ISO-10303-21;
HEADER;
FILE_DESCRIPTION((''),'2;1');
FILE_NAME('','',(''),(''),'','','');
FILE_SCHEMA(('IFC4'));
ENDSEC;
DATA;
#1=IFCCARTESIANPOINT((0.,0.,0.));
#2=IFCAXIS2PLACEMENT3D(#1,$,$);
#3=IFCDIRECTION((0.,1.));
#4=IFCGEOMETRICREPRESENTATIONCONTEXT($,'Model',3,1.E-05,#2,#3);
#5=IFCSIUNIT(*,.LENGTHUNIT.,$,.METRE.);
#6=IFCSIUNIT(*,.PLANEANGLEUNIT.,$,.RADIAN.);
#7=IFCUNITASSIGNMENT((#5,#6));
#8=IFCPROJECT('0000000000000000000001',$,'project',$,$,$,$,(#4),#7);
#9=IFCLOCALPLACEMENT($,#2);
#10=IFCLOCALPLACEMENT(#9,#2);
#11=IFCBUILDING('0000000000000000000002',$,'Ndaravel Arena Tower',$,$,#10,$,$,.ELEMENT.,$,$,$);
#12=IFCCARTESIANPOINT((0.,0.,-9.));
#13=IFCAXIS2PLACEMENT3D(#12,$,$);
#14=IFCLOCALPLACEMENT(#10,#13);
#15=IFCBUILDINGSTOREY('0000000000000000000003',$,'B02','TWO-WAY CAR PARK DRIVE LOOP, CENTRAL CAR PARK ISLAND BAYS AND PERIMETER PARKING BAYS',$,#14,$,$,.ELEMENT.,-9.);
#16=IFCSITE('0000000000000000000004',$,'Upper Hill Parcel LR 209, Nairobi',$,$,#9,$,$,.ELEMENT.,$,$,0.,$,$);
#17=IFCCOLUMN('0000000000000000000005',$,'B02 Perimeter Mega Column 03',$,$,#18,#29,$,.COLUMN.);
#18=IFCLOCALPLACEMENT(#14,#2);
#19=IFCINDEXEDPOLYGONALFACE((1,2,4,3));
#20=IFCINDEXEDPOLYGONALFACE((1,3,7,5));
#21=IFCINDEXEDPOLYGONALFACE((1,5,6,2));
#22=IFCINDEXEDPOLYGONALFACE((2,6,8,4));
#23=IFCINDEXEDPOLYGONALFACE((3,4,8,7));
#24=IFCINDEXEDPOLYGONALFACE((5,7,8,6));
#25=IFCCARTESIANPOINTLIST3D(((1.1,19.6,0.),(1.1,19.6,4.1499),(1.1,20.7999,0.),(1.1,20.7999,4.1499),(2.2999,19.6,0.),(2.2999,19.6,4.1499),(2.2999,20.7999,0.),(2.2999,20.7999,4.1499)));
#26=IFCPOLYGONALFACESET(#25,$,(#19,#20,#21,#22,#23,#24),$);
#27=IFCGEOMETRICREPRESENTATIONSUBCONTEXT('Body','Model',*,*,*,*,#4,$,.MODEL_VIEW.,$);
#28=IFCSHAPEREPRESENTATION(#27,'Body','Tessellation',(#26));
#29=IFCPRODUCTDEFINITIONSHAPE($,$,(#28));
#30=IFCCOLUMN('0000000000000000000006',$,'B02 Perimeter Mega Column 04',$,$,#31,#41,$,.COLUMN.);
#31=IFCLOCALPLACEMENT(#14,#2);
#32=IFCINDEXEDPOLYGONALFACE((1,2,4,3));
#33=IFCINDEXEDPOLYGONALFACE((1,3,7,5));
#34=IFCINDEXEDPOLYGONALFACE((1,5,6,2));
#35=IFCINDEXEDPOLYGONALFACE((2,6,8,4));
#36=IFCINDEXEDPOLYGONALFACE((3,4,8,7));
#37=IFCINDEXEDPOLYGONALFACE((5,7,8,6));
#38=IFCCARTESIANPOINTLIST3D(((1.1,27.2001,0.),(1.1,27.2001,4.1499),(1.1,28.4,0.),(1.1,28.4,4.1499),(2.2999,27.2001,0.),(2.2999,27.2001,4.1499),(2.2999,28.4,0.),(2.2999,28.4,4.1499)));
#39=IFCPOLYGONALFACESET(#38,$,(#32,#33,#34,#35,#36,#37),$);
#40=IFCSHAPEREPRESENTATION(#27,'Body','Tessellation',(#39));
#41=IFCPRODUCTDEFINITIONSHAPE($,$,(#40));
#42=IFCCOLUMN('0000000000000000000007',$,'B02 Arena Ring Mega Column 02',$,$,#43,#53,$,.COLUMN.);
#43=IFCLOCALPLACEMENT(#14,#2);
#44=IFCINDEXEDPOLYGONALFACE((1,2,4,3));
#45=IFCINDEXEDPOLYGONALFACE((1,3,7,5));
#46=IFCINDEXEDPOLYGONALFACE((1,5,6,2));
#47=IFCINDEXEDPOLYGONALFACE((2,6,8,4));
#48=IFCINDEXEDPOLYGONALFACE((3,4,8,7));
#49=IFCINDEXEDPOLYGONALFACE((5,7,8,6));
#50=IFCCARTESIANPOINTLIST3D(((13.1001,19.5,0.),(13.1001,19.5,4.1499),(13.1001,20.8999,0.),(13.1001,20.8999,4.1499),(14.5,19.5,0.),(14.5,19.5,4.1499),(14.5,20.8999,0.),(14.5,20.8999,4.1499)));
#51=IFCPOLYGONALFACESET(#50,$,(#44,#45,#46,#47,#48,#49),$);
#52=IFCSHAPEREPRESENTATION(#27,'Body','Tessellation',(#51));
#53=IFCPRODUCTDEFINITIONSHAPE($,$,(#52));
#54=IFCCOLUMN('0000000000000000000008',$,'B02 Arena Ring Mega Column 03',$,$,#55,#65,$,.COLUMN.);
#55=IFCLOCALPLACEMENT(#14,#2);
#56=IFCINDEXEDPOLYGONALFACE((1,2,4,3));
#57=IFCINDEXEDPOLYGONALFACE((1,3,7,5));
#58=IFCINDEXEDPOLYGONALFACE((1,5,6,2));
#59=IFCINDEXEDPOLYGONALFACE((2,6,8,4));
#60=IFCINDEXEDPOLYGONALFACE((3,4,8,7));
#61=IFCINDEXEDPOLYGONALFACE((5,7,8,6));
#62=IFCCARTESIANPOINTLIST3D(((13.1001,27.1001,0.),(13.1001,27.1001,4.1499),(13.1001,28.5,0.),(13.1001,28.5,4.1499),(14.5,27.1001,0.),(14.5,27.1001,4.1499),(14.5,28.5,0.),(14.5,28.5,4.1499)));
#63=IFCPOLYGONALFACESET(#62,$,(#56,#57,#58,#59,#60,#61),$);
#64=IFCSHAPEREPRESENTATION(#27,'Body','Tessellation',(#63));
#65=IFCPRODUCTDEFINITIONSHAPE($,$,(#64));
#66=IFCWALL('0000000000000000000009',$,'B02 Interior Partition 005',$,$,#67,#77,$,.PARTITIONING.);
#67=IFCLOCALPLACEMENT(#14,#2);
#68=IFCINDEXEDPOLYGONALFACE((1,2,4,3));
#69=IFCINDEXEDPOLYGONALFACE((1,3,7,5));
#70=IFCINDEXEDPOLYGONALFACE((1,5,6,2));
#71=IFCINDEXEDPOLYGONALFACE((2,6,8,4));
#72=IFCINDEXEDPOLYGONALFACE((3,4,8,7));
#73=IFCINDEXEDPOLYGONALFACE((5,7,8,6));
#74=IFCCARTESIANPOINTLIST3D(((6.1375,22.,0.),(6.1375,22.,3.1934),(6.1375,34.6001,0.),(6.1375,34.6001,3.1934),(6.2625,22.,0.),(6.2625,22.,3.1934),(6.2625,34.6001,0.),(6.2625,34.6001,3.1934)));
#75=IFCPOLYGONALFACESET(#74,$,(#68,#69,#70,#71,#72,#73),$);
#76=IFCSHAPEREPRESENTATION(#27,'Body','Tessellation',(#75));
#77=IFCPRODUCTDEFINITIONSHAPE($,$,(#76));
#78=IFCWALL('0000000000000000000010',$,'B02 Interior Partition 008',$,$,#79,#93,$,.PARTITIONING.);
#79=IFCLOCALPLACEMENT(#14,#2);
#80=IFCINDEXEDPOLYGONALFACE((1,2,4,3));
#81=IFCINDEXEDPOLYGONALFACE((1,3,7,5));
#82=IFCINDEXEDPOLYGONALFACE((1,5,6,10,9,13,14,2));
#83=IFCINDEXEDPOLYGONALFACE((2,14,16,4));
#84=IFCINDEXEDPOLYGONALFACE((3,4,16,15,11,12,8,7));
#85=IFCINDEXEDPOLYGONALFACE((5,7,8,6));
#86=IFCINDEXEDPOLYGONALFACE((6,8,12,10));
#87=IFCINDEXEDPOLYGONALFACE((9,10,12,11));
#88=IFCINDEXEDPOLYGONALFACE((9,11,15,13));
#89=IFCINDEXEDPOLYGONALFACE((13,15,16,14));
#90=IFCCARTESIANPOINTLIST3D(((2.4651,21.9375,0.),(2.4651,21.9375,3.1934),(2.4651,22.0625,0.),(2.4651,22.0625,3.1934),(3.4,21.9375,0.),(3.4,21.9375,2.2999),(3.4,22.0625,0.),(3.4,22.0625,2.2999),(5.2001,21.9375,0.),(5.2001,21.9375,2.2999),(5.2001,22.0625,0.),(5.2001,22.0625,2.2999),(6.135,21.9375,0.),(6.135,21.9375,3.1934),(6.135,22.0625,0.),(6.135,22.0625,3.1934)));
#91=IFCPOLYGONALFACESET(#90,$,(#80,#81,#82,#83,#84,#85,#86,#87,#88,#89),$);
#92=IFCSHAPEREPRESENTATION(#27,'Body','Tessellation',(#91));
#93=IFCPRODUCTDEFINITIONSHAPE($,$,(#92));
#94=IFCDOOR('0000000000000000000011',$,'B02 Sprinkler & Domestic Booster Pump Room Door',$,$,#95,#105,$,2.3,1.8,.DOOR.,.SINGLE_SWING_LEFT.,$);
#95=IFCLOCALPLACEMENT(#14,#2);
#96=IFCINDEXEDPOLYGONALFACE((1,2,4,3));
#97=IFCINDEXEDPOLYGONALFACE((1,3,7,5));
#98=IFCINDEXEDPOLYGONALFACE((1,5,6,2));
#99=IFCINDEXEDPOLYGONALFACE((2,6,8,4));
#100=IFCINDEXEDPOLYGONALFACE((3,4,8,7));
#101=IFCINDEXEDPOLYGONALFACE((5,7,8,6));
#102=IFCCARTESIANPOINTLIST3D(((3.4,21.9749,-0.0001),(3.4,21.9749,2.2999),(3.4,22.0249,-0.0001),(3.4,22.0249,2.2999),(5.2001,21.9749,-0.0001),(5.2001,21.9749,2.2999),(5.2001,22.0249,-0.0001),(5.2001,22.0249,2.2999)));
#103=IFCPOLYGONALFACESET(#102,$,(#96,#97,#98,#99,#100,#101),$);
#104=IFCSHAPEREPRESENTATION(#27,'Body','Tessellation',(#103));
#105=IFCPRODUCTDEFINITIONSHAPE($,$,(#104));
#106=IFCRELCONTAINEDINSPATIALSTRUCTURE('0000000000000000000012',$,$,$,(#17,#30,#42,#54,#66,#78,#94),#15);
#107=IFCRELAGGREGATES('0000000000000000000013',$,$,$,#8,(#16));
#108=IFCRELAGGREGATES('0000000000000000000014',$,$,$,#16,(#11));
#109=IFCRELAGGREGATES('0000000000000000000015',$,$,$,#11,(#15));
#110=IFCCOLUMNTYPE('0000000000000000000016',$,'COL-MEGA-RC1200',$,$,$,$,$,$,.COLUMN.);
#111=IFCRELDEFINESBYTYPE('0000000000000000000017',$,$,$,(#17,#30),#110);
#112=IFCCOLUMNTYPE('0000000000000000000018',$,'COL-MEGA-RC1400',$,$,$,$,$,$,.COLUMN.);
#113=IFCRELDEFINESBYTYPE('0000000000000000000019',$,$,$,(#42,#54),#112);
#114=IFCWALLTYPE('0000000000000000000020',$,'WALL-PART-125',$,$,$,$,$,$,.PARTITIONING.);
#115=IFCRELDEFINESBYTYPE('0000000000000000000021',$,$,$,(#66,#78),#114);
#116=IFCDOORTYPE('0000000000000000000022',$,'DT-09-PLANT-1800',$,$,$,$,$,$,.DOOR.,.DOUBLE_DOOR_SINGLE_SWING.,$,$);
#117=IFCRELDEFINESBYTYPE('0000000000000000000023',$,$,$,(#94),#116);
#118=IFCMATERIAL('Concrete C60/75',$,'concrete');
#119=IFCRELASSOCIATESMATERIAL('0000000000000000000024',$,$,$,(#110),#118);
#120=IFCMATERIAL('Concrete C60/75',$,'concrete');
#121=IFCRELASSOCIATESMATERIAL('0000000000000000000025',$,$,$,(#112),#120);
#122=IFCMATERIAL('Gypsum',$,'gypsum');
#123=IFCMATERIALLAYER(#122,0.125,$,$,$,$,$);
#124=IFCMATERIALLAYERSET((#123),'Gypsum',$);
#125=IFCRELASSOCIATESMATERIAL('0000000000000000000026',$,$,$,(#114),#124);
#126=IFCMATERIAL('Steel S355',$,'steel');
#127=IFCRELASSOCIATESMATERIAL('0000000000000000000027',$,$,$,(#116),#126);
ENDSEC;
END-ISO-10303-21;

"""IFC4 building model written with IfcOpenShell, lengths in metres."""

from ifc_helpers import new_model, si_unit, direction, frame, frame_2d, origin, origin_2d, place, context, subcontext, project, spatial, rectangle, extrude, material, layer, layer_set, material_profile, profile_set, type_object, element, fill, save


model = new_model("IFC4")

# Units and contexts
model_context = context("Model", 3, precision=1e-05, world=origin(), true_north=direction((0.0, 1.0)))
body_context = subcontext(model_context, "Body", "Model", "MODEL_VIEW")
ifc_project = project(units=[si_unit("LENGTHUNIT", "METRE"), si_unit("PLANEANGLEUNIT", "RADIAN")], contexts=[model_context])

# Site, building, storey
site_placement = place(None, origin())
site = spatial("IfcSite", under=ifc_project, at=site_placement, Name="Upper Hill Parcel LR 209, Nairobi", CompositionType="ELEMENT", RefElevation=0.0)
building_placement = place(site_placement, origin())
building = spatial("IfcBuilding", under=site, at=building_placement, Name="Ndaravel Arena Tower", CompositionType="ELEMENT")
storey_placement = place(building_placement, frame((0.0, 0.0, -9.0)))
storey = spatial("IfcBuildingStorey", under=building, at=storey_placement, Name="B02", Description="TWO-WAY CAR PARK DRIVE LOOP, CENTRAL CAR PARK ISLAND BAYS AND PERIMETER PARKING BAYS", CompositionType="ELEMENT", Elevation=-9.0)

# Columns
ifc_material_1 = material(Name="Concrete C60/75", Category="concrete")
ifc_material_profile_1 = material_profile(ifc_material_1, rectangle(XDim=1.2, YDim=1.2, at=origin_2d()), Name="RC 1200x1200")
ifc_profile_set_1 = profile_set([ifc_material_profile_1], Name="Concrete C60/75")
column_type_1 = type_object("IfcColumnType", Name="COL-MEGA-RC1200", PredefinedType="COLUMN", material=ifc_profile_set_1)
for number, where, z_axis, x_axis, name in (
    (1, (1.7, 20.2, 0.0), (0.0, 0.0, 1.0), (1.0, 0.0, 0.0), "B02 Perimeter Mega Column 03"),
    (2, (1.7, 27.8, 0.0), (0.0, 0.0, 1.0), (1.0, 0.0, 0.0), "B02 Perimeter Mega Column 04"),
):
    element("IfcColumn", number, at=place(storey_placement, frame(where, z_axis=z_axis, x_axis=x_axis)), inside=storey, type_object=column_type_1, Name=name, PredefinedType="COLUMN", context=body_context, shape_type="SweptSolid", body=[
        extrude(rectangle(XDim=1.2, YDim=1.2, at=origin_2d()), origin(), (0.0, 0.0, 1.0), 4.1499),
    ])
ifc_material_2 = material(Name="Concrete C60/75", Category="concrete")
ifc_material_profile_2 = material_profile(ifc_material_2, rectangle(XDim=1.3999, YDim=1.3999, at=origin_2d()), Name="RC 1400x1400")
ifc_profile_set_2 = profile_set([ifc_material_profile_2], Name="Concrete C60/75")
column_type_2 = type_object("IfcColumnType", Name="COL-MEGA-RC1400", PredefinedType="COLUMN", material=ifc_profile_set_2)
for number, where, z_axis, x_axis, name in (
    (3, (13.8, 20.2, 0.0), (0.0, 0.0, 1.0), (1.0, 0.0, 0.0), "B02 Arena Ring Mega Column 02"),
    (4, (13.8, 27.8, 0.0), (0.0, 0.0, 1.0), (1.0, 0.0, 0.0), "B02 Arena Ring Mega Column 03"),
):
    element("IfcColumn", number, at=place(storey_placement, frame(where, z_axis=z_axis, x_axis=x_axis)), inside=storey, type_object=column_type_2, Name=name, PredefinedType="COLUMN", context=body_context, shape_type="SweptSolid", body=[
        extrude(rectangle(XDim=1.3999, YDim=1.3999, at=origin_2d()), origin(), (0.0, 0.0, 1.0), 4.1499),
    ])

# Wall
ifc_material_3 = material(Name="Gypsum", Category="gypsum")
ifc_layer = layer(ifc_material_3, 0.125)
ifc_layer_set = layer_set([ifc_layer], Name="Gypsum")
wall_type = type_object("IfcWallType", Name="WALL-PART-125", PredefinedType="PARTITIONING", material=ifc_layer_set)
wall_1_placement = place(storey_placement, frame((6.2, 22.0, 0.0), z_axis=(0.0, 0.0, 1.0), x_axis=(0.0, 1.0, 0.0)))
element("IfcWall", 5, at=wall_1_placement, inside=storey, type_object=wall_type, Name="B02 Interior Partition 005", PredefinedType="PARTITIONING", context=body_context, shape_type="SweptSolid", body=[
    extrude(rectangle(XDim=12.6001, YDim=0.125, at=frame_2d((6.3, 0.0))), origin(), (0.0, 0.0, 1.0), 3.1934),
])

# Wall, opening, door
wall_2_placement = place(storey_placement, frame((2.4651, 22.0, 0.0), z_axis=(0.0, 0.0, 1.0), x_axis=(1.0, 0.0, 0.0)))
wall_2 = element("IfcWall", 6, at=wall_2_placement, inside=storey, type_object=wall_type, Name="B02 Interior Partition 008", PredefinedType="PARTITIONING", context=body_context, shape_type="SweptSolid", body=[
    extrude(rectangle(XDim=3.6699, YDim=0.125, at=frame_2d((1.835, 0.0))), origin(), (0.0, 0.0, 1.0), 3.1934),
])
opening_placement = place(wall_2_placement, frame((0.9351, 0.0, 0.0)))
opening = element("IfcOpeningElement", 7, at=opening_placement, cuts=wall_2, PredefinedType="OPENING", context=body_context, shape_type="SweptSolid", body=[
    extrude(rectangle(XDim=1.8, YDim=2.3, at=frame_2d((0.8999, 1.1499))), frame((0.0, 0.0625, 0.0), z_axis=(0.0, -1.0, 0.0), x_axis=(1.0, 0.0, 0.0)), (0.0, 0.0, 1.0), 0.125),
])
ifc_material_4 = material(Name="Steel S355", Category="steel")
door_type = type_object("IfcDoorType", Name="DT-09-PLANT-1800", OperationType="DOUBLE_DOOR_SINGLE_SWING", PredefinedType="DOOR", material=ifc_material_4)
door_placement = place(opening_placement, origin())
door = element("IfcDoor", 8, at=door_placement, inside=storey, type_object=door_type, Name="B02 Sprinkler & Domestic Booster Pump Room Door", OperationType="SINGLE_SWING_LEFT", OverallHeight=2.3, OverallWidth=1.8, PredefinedType="DOOR", context=body_context, shape_type="SweptSolid", body=[
    extrude(rectangle(XDim=1.8, YDim=2.3, at=frame_2d((0.8999, 1.1499))), frame((0.0, 0.0249, 0.0), z_axis=(0.0, -1.0, 0.0), x_axis=(1.0, 0.0, 0.0)), (0.0, 0.0, 1.0), 0.05),
])
fill(opening, door)

save(model, "model.ifc")
